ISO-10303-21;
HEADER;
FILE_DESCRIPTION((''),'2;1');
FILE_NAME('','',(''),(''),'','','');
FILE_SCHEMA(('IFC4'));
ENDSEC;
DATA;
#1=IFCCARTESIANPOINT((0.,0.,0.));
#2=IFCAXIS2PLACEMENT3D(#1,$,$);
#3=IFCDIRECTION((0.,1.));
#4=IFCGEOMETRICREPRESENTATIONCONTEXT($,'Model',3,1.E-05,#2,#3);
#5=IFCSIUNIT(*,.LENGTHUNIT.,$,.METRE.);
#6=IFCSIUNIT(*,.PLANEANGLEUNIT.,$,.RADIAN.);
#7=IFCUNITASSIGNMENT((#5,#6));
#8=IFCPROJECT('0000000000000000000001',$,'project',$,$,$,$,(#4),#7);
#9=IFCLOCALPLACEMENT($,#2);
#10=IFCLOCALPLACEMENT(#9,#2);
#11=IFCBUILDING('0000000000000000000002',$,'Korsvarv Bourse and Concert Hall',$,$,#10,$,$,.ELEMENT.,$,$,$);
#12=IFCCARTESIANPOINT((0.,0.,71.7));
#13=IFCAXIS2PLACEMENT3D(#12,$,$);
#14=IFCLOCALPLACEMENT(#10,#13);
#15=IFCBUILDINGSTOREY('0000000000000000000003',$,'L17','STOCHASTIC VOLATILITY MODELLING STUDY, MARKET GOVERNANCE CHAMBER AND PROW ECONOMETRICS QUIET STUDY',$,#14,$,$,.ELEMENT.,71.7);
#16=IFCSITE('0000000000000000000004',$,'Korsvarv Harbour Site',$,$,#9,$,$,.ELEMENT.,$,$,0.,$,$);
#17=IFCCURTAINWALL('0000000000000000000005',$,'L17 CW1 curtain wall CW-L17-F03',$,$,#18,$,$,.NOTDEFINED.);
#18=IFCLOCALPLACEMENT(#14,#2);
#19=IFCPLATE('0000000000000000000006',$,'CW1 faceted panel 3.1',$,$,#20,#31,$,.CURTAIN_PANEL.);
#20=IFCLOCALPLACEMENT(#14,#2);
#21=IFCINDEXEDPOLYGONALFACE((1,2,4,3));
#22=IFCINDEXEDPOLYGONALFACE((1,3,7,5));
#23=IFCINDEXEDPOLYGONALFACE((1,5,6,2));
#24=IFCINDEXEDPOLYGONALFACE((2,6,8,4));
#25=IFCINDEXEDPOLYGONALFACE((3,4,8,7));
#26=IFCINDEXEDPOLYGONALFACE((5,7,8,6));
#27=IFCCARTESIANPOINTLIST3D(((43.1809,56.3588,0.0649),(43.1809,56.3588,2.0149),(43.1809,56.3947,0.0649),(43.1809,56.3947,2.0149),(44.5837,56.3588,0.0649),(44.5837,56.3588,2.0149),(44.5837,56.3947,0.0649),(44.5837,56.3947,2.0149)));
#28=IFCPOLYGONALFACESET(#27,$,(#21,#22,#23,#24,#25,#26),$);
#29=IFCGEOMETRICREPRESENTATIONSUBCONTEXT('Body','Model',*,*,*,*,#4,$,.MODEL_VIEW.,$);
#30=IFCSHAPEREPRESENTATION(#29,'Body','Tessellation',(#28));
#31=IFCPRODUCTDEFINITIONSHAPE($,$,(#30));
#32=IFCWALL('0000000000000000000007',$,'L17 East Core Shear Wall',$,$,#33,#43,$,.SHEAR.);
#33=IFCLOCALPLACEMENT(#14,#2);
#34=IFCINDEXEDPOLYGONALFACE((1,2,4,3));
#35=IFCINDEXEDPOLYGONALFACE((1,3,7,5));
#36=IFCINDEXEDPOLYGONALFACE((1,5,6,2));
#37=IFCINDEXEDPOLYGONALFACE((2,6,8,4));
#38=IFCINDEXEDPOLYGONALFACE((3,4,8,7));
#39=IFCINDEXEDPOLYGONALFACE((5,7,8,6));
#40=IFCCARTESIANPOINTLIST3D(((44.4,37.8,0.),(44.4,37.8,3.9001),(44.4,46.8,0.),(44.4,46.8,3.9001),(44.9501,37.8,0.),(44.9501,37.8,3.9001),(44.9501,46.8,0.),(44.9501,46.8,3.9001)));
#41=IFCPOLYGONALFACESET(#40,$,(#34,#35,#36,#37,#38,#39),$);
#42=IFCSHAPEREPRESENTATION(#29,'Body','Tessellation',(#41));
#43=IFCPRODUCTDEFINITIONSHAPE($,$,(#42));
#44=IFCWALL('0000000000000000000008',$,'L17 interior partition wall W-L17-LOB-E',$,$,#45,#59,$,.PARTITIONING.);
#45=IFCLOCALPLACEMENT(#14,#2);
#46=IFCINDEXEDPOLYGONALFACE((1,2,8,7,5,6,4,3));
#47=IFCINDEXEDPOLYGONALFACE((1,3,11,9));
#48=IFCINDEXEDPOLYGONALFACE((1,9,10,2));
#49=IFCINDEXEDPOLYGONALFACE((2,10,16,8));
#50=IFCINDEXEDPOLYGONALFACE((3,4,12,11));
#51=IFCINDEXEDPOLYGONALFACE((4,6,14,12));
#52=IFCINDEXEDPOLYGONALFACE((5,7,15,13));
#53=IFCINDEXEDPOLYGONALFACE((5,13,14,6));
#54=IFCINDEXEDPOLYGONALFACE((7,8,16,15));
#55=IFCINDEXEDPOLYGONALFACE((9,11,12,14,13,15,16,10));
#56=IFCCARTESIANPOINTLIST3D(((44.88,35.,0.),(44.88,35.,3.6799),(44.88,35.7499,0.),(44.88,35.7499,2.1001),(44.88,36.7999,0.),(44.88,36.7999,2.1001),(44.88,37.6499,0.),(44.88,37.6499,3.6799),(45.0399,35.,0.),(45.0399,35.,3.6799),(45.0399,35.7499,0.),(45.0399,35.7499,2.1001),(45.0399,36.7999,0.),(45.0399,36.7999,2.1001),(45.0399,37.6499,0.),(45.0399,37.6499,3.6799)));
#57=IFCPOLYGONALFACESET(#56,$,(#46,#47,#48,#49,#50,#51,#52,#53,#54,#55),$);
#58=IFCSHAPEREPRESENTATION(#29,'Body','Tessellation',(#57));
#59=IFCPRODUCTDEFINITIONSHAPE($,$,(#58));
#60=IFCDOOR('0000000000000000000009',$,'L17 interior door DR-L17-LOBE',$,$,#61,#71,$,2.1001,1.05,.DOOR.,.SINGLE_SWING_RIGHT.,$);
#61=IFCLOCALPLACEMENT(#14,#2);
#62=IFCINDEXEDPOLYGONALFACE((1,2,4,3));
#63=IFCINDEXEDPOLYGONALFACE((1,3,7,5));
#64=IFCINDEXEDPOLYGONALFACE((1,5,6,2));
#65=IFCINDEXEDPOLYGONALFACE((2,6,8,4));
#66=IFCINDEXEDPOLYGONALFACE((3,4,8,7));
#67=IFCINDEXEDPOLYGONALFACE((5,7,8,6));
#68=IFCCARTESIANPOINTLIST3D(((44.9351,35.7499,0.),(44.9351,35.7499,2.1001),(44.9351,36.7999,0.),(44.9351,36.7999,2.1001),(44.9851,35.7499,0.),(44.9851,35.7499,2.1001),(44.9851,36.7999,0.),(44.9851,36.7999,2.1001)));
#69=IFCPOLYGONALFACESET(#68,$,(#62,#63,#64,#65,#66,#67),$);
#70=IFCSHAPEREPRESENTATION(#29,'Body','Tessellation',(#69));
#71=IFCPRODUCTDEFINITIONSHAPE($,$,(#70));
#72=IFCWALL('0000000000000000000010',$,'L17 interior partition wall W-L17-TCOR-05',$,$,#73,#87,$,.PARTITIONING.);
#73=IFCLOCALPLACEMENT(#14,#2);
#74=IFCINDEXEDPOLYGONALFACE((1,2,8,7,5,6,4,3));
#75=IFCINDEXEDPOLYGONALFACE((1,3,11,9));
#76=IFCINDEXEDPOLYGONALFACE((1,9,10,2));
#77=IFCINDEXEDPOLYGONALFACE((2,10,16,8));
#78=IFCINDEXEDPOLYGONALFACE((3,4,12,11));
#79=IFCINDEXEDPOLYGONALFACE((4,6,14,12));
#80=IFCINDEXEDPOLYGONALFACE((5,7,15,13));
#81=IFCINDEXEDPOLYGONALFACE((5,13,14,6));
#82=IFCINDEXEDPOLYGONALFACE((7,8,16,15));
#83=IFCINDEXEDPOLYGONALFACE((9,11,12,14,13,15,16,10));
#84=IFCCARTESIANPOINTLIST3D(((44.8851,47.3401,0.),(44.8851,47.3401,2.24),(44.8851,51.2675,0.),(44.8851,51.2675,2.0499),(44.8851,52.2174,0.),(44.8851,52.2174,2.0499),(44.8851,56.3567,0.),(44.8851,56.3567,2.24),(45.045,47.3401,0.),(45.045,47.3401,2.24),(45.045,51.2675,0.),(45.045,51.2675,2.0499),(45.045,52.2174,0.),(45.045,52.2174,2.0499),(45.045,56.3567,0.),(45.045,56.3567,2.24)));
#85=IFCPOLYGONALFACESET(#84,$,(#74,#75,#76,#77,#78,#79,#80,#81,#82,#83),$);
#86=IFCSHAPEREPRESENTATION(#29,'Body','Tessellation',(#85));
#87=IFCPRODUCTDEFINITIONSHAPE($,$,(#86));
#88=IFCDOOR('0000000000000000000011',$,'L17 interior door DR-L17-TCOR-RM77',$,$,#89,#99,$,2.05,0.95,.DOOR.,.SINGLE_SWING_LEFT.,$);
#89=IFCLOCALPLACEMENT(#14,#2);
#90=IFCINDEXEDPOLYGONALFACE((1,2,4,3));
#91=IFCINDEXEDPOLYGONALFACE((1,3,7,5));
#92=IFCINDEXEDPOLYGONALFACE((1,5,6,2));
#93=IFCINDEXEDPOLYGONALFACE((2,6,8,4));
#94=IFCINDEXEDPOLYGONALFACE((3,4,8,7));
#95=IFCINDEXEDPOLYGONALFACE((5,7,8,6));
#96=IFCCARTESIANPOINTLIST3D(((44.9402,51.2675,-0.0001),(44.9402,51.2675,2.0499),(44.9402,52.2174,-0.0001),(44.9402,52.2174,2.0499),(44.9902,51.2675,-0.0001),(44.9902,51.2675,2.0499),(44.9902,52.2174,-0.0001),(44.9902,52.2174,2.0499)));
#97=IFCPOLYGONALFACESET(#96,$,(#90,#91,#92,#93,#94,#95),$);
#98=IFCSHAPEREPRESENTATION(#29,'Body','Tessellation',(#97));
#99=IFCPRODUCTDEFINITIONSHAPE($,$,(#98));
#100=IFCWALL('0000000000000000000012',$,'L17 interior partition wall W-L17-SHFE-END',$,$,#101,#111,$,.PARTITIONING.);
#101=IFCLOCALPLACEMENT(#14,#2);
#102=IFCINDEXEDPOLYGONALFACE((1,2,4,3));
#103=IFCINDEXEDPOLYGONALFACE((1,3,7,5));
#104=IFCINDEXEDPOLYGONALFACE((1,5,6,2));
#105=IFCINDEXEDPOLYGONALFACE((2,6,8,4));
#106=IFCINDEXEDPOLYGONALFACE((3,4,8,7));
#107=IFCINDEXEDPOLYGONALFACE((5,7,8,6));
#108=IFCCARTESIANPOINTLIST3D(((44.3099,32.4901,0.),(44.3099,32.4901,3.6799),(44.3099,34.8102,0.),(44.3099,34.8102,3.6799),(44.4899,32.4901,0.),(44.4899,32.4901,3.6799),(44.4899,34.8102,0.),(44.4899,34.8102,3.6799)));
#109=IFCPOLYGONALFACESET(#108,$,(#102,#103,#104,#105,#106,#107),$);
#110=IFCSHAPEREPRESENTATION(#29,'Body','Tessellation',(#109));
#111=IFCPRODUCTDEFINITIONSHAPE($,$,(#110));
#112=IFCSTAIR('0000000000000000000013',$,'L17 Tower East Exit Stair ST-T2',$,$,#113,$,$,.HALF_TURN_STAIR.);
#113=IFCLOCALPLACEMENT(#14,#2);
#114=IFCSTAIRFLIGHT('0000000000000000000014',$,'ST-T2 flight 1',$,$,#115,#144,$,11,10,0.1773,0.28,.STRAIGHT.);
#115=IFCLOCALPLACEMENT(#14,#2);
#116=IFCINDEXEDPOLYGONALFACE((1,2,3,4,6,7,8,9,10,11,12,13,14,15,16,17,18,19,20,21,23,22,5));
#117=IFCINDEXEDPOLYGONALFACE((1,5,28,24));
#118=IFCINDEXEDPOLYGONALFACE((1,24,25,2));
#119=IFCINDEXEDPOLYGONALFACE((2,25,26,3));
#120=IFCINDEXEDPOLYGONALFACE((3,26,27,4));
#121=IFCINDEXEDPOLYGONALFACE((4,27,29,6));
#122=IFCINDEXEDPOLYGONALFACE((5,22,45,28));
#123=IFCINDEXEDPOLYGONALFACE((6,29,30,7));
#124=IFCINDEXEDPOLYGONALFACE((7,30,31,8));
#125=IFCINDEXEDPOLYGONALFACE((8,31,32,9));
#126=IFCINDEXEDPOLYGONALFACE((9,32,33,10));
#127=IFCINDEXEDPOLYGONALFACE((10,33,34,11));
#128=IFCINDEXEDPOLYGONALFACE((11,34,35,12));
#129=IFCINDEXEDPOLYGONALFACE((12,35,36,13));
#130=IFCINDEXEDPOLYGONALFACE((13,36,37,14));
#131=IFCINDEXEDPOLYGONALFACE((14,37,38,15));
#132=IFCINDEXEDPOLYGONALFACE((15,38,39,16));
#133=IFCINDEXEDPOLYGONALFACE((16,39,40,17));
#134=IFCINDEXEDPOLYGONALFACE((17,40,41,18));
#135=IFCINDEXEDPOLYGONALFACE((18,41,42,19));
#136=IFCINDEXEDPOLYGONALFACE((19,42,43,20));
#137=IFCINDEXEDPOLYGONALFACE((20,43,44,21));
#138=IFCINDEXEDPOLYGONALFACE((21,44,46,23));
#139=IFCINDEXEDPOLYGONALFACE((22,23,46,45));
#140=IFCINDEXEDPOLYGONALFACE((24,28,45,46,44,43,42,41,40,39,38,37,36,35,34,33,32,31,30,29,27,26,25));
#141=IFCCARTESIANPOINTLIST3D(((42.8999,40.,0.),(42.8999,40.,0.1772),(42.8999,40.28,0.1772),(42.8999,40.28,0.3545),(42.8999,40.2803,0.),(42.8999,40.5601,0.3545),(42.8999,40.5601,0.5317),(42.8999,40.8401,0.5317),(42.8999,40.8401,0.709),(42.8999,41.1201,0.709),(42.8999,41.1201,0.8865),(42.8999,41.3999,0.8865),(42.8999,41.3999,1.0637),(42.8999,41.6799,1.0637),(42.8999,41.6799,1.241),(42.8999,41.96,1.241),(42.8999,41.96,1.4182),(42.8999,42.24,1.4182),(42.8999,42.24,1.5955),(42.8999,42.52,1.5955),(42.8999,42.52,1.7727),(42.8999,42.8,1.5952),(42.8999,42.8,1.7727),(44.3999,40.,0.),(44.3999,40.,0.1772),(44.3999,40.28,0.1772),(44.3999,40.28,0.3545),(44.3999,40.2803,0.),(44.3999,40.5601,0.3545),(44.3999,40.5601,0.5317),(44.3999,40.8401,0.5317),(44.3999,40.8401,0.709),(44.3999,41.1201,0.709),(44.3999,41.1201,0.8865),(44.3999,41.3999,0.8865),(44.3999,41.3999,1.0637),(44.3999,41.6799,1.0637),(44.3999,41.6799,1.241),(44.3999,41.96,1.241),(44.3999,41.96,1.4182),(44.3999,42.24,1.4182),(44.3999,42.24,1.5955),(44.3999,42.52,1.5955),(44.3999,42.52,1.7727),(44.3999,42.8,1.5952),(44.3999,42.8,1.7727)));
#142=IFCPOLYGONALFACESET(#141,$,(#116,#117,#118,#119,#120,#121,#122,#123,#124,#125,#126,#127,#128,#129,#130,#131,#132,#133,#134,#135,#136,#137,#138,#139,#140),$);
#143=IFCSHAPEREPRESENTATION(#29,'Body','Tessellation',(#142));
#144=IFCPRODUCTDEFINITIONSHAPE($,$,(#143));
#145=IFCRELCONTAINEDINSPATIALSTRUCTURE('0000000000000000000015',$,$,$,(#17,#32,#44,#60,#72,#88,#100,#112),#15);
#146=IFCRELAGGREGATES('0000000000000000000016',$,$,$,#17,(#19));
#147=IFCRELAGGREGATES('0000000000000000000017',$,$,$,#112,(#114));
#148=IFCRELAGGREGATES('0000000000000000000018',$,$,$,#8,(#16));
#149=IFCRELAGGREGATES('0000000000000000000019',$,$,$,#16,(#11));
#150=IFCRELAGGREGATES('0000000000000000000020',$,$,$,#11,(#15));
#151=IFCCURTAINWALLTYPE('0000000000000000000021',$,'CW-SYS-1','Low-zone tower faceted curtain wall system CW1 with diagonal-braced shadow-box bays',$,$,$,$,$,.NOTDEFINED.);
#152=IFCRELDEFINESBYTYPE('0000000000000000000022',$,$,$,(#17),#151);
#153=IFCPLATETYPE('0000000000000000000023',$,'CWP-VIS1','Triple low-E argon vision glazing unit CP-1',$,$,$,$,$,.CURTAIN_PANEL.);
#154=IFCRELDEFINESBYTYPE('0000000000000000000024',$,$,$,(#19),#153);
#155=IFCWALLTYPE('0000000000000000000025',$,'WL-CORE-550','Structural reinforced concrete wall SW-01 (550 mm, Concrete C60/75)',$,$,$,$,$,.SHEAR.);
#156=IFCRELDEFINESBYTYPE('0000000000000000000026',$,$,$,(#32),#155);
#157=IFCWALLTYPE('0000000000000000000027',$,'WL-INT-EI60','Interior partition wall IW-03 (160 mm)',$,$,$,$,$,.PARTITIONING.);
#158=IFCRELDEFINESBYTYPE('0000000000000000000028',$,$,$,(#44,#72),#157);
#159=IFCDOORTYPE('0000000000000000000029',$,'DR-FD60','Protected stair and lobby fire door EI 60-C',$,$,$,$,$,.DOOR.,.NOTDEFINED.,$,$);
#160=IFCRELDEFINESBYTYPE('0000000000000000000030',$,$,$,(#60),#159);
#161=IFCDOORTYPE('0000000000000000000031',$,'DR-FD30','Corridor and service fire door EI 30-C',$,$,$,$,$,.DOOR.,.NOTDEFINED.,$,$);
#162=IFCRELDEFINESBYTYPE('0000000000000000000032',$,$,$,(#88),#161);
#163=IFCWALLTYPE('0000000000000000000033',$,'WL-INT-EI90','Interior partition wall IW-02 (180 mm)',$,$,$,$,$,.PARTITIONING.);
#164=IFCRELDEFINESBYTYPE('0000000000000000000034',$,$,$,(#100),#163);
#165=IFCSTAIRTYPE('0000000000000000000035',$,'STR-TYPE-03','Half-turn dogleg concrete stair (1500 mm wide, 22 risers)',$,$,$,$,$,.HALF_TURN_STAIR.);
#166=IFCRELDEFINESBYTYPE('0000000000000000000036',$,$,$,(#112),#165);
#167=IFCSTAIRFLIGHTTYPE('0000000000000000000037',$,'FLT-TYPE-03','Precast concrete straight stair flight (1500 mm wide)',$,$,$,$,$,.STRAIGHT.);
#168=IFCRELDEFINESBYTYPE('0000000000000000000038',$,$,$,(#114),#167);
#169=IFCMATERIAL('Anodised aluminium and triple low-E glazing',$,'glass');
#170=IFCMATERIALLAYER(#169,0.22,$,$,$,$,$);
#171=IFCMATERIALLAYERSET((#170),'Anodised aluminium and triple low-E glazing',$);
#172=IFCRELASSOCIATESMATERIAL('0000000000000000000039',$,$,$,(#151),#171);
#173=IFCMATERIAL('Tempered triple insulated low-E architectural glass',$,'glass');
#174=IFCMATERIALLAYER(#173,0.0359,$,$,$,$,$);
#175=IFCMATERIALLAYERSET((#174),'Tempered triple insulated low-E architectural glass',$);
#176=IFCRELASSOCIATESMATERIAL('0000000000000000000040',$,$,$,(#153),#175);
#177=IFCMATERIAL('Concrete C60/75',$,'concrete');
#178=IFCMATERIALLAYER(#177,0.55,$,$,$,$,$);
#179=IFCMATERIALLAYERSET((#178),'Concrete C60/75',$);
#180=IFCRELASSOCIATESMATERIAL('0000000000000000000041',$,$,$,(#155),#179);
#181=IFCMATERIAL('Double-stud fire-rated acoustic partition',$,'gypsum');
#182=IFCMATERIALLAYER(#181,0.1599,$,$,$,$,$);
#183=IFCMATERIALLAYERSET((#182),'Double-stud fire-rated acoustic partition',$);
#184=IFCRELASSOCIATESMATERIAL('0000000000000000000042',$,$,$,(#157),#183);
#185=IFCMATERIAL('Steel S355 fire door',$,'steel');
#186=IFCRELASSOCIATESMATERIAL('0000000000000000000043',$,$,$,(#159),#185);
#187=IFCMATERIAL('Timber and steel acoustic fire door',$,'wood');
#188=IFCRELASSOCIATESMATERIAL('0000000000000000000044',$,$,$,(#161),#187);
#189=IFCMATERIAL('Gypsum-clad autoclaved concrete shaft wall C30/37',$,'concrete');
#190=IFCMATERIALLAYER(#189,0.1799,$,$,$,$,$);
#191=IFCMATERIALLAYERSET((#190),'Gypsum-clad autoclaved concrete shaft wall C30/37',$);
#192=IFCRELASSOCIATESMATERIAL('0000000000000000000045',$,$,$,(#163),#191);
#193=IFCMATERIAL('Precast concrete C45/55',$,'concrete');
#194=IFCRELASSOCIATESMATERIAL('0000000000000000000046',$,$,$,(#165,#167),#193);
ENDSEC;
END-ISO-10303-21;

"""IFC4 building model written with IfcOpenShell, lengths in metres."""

from ifc_helpers import new_model, si_unit, direction, frame, frame_2d, origin, origin_2d, place, context, subcontext, project, spatial, polyline, rectangle, outline, extrude, source, transform, mapped, material, layer, layer_set, type_object, element, fill, aggregate, save


model = new_model("IFC4")

# Units and contexts
model_context = context("Model", 3, precision=1e-05, world=origin(), true_north=direction((0.0, 1.0)))
body_context = subcontext(model_context, "Body", "Model", "MODEL_VIEW")
ifc_project = project(units=[si_unit("LENGTHUNIT", "METRE"), si_unit("PLANEANGLEUNIT", "RADIAN")], contexts=[model_context])

# Site, building, storey
site_placement = place(None, origin())
site = spatial("IfcSite", under=ifc_project, at=site_placement, Name="Korsvarv Harbour Site", CompositionType="ELEMENT", RefElevation=0.0)
building_placement = place(site_placement, origin())
building = spatial("IfcBuilding", under=site, at=building_placement, Name="Korsvarv Bourse and Concert Hall", CompositionType="ELEMENT")
storey_placement = place(building_placement, frame((0.0, 0.0, 71.7)))
storey = spatial("IfcBuildingStorey", under=building, at=storey_placement, Name="L17", Description="STOCHASTIC VOLATILITY MODELLING STUDY, MARKET GOVERNANCE CHAMBER AND PROW ECONOMETRICS QUIET STUDY", CompositionType="ELEMENT", Elevation=71.7)

# Shared definitions
ifc_material_1 = material(Name="Concrete C60/75", Category="concrete")

# Curtain wall, plate
ifc_material_2 = material(Name="Anodised aluminium and triple low-E glazing", Category="glass")
ifc_layer_1 = layer(ifc_material_2, 0.22)
ifc_layer_set_1 = layer_set([ifc_layer_1], Name="Anodised aluminium and triple low-E glazing")
curtain_wall_type = type_object("IfcCurtainWallType", Name="CW-SYS-1", Description="Low-zone tower faceted curtain wall system CW1 with diagonal-braced shadow-box bays", PredefinedType="NOTDEFINED", material=ifc_layer_set_1)
curtain_wall_placement = place(storey_placement, origin())
curtain_wall = element("IfcCurtainWall", 1, at=curtain_wall_placement, inside=storey, type_object=curtain_wall_type, Name="L17 CW1 curtain wall CW-L17-F03", PredefinedType="NOTDEFINED")
ifc_material_3 = material(Name="Tempered triple insulated low-E architectural glass", Category="glass")
ifc_layer_2 = layer(ifc_material_3, 0.0359)
ifc_layer_set_2 = layer_set([ifc_layer_2], Name="Tempered triple insulated low-E architectural glass")
plate_type_1 = type_object("IfcPlateType", Name="CWP-VIS1", Description="Triple low-E argon vision glazing unit CP-1", PredefinedType="CURTAIN_PANEL", material=ifc_layer_set_2)
shared_shape_1 = source(origin(), body_context, "Body", "SweptSolid", [
    extrude(rectangle(XDim=1.4028, YDim=0.0359, at=origin_2d()), origin(), (0.0, 0.0, 1.0), 1.95),
])
plate_1_placement = place(storey_placement, frame((43.8823, 56.3767, 0.0649), z_axis=(0.0, 0.0, 1.0), x_axis=(-1.0, 0.0, 0.0)))
plate_1 = element("IfcPlate", 2, at=plate_1_placement, type_object=plate_type_1, Name="CW1 faceted panel 3.1", PredefinedType="CURTAIN_PANEL", context=body_context, shape_type="MappedRepresentation", body=[
    mapped(shared_shape_1, transform((0.0, 0.0, 0.0), scale=1.0)),
])
aggregate(curtain_wall, [plate_1])

# Wall
ifc_layer_3 = layer(ifc_material_1, 0.55)
ifc_layer_set_3 = layer_set([ifc_layer_3], Name="Concrete C60/75")
wall_type_1 = type_object("IfcWallType", Name="WL-CORE-550", Description="Structural reinforced concrete wall SW-01 (550 mm, Concrete C60/75)", PredefinedType="SHEAR", material=ifc_layer_set_3)
wall_1_placement = place(storey_placement, frame((44.675, 37.8, 0.0), z_axis=(0.0, 0.0, 1.0), x_axis=(0.0, 1.0, 0.0)))
element("IfcWall", 3, at=wall_1_placement, inside=storey, type_object=wall_type_1, Name="L17 East Core Shear Wall", PredefinedType="SHEAR", context=body_context, shape_type="SweptSolid", body=[
    extrude(rectangle(XDim=9.0, YDim=0.55, at=frame_2d((4.5, 0.0))), origin(), (0.0, 0.0, 1.0), 3.9001),
])

# Walls, openings, doors
ifc_material_4 = material(Name="Double-stud fire-rated acoustic partition", Category="gypsum")
ifc_layer_4 = layer(ifc_material_4, 0.1599)
ifc_layer_set_4 = layer_set([ifc_layer_4], Name="Double-stud fire-rated acoustic partition")
wall_type_2 = type_object("IfcWallType", Name="WL-INT-EI60", Description="Interior partition wall IW-03 (160 mm)", PredefinedType="PARTITIONING", material=ifc_layer_set_4)
wall_2_placement = place(storey_placement, frame((44.96, 35.0, 0.0), z_axis=(0.0, 0.0, 1.0), x_axis=(0.0, 1.0, 0.0)))
wall_2 = element("IfcWall", 4, at=wall_2_placement, inside=storey, type_object=wall_type_2, Name="L17 interior partition wall W-L17-LOB-E", PredefinedType="PARTITIONING", context=body_context, shape_type="SweptSolid", body=[
    extrude(rectangle(XDim=2.6499, YDim=0.1599, at=frame_2d((1.325, 0.0))), origin(), (0.0, 0.0, 1.0), 3.6799),
])
opening_1_placement = place(wall_2_placement, frame((0.75, 0.0, 0.0)))
opening_1 = element("IfcOpeningElement", 5, at=opening_1_placement, cuts=wall_2, PredefinedType="OPENING", context=body_context, shape_type="SweptSolid", body=[
    extrude(rectangle(XDim=1.05, YDim=2.1001, at=frame_2d((0.5249, 1.05))), frame((0.0, 0.0898, 0.0), z_axis=(0.0, -1.0, 0.0), x_axis=(1.0, 0.0, 0.0)), (0.0, 0.0, 1.0), 0.1799),
])
ifc_material_5 = material(Name="Steel S355 fire door", Category="steel")
door_type_1 = type_object("IfcDoorType", Name="DR-FD60", Description="Protected stair and lobby fire door EI 60-C", OperationType="NOTDEFINED", PredefinedType="DOOR", material=ifc_material_5)
door_1_placement = place(opening_1_placement, origin())
door_1 = element("IfcDoor", 6, at=door_1_placement, inside=storey, type_object=door_type_1, Name="L17 interior door DR-L17-LOBE", OperationType="SINGLE_SWING_RIGHT", OverallHeight=2.1001, OverallWidth=1.05, PredefinedType="DOOR", context=body_context, shape_type="SweptSolid", body=[
    extrude(rectangle(XDim=1.05, YDim=2.1001, at=frame_2d((0.5249, 1.05))), frame((0.0, 0.0249, 0.0), z_axis=(0.0, -1.0, 0.0), x_axis=(1.0, 0.0, 0.0)), (0.0, 0.0, 1.0), 0.05),
])
fill(opening_1, door_1)
wall_3_placement = place(storey_placement, frame((44.9651, 47.3401, 0.0), z_axis=(0.0, 0.0, 1.0), x_axis=(0.0, 1.0, 0.0)))
wall_3 = element("IfcWall", 7, at=wall_3_placement, inside=storey, type_object=wall_type_2, Name="L17 interior partition wall W-L17-TCOR-05", PredefinedType="PARTITIONING", context=body_context, shape_type="SweptSolid", body=[
    extrude(rectangle(XDim=9.0166, YDim=0.1599, at=frame_2d((4.5083, 0.0))), origin(), (0.0, 0.0, 1.0), 2.24),
])
opening_2_placement = place(wall_3_placement, frame((3.9272, 0.0, 0.0)))
opening_2 = element("IfcOpeningElement", 8, at=opening_2_placement, cuts=wall_3, PredefinedType="OPENING", context=body_context, shape_type="SweptSolid", body=[
    extrude(rectangle(XDim=0.95, YDim=2.05, at=frame_2d((0.4751, 1.0249))), frame((0.0, 0.0898, 0.0), z_axis=(0.0, -1.0, 0.0), x_axis=(1.0, 0.0, 0.0)), (0.0, 0.0, 1.0), 0.1799),
])
ifc_material_6 = material(Name="Timber and steel acoustic fire door", Category="wood")
door_type_2 = type_object("IfcDoorType", Name="DR-FD30", Description="Corridor and service fire door EI 30-C", OperationType="NOTDEFINED", PredefinedType="DOOR", material=ifc_material_6)
door_2_placement = place(opening_2_placement, origin())
door_2 = element("IfcDoor", 9, at=door_2_placement, inside=storey, type_object=door_type_2, Name="L17 interior door DR-L17-TCOR-RM77", OperationType="SINGLE_SWING_LEFT", OverallHeight=2.05, OverallWidth=0.95, PredefinedType="DOOR", context=body_context, shape_type="SweptSolid", body=[
    extrude(rectangle(XDim=0.95, YDim=2.05, at=frame_2d((0.4751, 1.0249))), frame((0.0, 0.0249, 0.0), z_axis=(0.0, -1.0, 0.0), x_axis=(1.0, 0.0, 0.0)), (0.0, 0.0, 1.0), 0.05),
])
fill(opening_2, door_2)

# Wall
ifc_material_7 = material(Name="Gypsum-clad autoclaved concrete shaft wall C30/37", Category="concrete")
ifc_layer_5 = layer(ifc_material_7, 0.1799)
ifc_layer_set_5 = layer_set([ifc_layer_5], Name="Gypsum-clad autoclaved concrete shaft wall C30/37")
wall_type_3 = type_object("IfcWallType", Name="WL-INT-EI90", Description="Interior partition wall IW-02 (180 mm)", PredefinedType="PARTITIONING", material=ifc_layer_set_5)
wall_4_placement = place(storey_placement, frame((44.3999, 32.49, 0.0), z_axis=(0.0, 0.0, 1.0), x_axis=(0.0, 1.0, 0.0)))
element("IfcWall", 10, at=wall_4_placement, inside=storey, type_object=wall_type_3, Name="L17 interior partition wall W-L17-SHFE-END", PredefinedType="PARTITIONING", context=body_context, shape_type="SweptSolid", body=[
    extrude(rectangle(XDim=2.3201, YDim=0.1799, at=frame_2d((1.1602, 0.0))), origin(), (0.0, 0.0, 1.0), 3.6799),
])

# Stair, stair flight
ifc_material_8 = material(Name="Precast concrete C45/55", Category="concrete")
stair_type = type_object("IfcStairType", Name="STR-TYPE-03", Description="Half-turn dogleg concrete stair (1500 mm wide, 22 risers)", PredefinedType="HALF_TURN_STAIR", material=ifc_material_8)
stair_placement = place(storey_placement, origin())
stair = element("IfcStair", 11, at=stair_placement, inside=storey, type_object=stair_type, Name="L17 Tower East Exit Stair ST-T2", PredefinedType="HALF_TURN_STAIR")
stair_flight_type = type_object("IfcStairFlightType", Name="FLT-TYPE-03", Description="Precast concrete straight stair flight (1500 mm wide)", PredefinedType="STRAIGHT", material=ifc_material_8)
stair_flight_placement = place(storey_placement, frame((43.6499, 40.0, 0.0), z_axis=(0.0, 0.0, 1.0), x_axis=(0.0, 1.0, 0.0)))
stair_flight = element("IfcStairFlight", 12, at=stair_flight_placement, type_object=stair_flight_type, Name="ST-T2 flight 1", NumberOfRisers=11, NumberOfTreads=10, PredefinedType="STRAIGHT", RiserHeight=0.1773, TreadLength=0.28, context=body_context, shape_type="SweptSolid", body=[
    extrude(outline(polyline([(0.0, 0.0), (0.0, 0.1772), (0.28, 0.1772), (0.28, 0.3545), (0.5601, 0.3545), (0.5601, 0.5317), (0.8401, 0.5317), (0.8401, 0.709), (1.1201, 0.709), (1.1201, 0.8865), (1.3999, 0.8865), (1.3999, 1.0637), (1.6799, 1.0637), (1.6799, 1.241), (1.96, 1.241), (1.96, 1.4182), (2.24, 1.4182), (2.24, 1.5955), (2.52, 1.5955), (2.52, 1.7727), (2.8, 1.7727), (2.8, 1.95), (2.8, 1.5952), (0.2803, 0.0), (0.0, 0.0)])), frame((0.0, 0.75, 0.0), z_axis=(0.0, -1.0, 0.0), x_axis=(1.0, 0.0, 0.0)), (0.0, 0.0, 1.0), 1.5),
])
aggregate(stair, [stair_flight])

save(model, "model.ifc")
